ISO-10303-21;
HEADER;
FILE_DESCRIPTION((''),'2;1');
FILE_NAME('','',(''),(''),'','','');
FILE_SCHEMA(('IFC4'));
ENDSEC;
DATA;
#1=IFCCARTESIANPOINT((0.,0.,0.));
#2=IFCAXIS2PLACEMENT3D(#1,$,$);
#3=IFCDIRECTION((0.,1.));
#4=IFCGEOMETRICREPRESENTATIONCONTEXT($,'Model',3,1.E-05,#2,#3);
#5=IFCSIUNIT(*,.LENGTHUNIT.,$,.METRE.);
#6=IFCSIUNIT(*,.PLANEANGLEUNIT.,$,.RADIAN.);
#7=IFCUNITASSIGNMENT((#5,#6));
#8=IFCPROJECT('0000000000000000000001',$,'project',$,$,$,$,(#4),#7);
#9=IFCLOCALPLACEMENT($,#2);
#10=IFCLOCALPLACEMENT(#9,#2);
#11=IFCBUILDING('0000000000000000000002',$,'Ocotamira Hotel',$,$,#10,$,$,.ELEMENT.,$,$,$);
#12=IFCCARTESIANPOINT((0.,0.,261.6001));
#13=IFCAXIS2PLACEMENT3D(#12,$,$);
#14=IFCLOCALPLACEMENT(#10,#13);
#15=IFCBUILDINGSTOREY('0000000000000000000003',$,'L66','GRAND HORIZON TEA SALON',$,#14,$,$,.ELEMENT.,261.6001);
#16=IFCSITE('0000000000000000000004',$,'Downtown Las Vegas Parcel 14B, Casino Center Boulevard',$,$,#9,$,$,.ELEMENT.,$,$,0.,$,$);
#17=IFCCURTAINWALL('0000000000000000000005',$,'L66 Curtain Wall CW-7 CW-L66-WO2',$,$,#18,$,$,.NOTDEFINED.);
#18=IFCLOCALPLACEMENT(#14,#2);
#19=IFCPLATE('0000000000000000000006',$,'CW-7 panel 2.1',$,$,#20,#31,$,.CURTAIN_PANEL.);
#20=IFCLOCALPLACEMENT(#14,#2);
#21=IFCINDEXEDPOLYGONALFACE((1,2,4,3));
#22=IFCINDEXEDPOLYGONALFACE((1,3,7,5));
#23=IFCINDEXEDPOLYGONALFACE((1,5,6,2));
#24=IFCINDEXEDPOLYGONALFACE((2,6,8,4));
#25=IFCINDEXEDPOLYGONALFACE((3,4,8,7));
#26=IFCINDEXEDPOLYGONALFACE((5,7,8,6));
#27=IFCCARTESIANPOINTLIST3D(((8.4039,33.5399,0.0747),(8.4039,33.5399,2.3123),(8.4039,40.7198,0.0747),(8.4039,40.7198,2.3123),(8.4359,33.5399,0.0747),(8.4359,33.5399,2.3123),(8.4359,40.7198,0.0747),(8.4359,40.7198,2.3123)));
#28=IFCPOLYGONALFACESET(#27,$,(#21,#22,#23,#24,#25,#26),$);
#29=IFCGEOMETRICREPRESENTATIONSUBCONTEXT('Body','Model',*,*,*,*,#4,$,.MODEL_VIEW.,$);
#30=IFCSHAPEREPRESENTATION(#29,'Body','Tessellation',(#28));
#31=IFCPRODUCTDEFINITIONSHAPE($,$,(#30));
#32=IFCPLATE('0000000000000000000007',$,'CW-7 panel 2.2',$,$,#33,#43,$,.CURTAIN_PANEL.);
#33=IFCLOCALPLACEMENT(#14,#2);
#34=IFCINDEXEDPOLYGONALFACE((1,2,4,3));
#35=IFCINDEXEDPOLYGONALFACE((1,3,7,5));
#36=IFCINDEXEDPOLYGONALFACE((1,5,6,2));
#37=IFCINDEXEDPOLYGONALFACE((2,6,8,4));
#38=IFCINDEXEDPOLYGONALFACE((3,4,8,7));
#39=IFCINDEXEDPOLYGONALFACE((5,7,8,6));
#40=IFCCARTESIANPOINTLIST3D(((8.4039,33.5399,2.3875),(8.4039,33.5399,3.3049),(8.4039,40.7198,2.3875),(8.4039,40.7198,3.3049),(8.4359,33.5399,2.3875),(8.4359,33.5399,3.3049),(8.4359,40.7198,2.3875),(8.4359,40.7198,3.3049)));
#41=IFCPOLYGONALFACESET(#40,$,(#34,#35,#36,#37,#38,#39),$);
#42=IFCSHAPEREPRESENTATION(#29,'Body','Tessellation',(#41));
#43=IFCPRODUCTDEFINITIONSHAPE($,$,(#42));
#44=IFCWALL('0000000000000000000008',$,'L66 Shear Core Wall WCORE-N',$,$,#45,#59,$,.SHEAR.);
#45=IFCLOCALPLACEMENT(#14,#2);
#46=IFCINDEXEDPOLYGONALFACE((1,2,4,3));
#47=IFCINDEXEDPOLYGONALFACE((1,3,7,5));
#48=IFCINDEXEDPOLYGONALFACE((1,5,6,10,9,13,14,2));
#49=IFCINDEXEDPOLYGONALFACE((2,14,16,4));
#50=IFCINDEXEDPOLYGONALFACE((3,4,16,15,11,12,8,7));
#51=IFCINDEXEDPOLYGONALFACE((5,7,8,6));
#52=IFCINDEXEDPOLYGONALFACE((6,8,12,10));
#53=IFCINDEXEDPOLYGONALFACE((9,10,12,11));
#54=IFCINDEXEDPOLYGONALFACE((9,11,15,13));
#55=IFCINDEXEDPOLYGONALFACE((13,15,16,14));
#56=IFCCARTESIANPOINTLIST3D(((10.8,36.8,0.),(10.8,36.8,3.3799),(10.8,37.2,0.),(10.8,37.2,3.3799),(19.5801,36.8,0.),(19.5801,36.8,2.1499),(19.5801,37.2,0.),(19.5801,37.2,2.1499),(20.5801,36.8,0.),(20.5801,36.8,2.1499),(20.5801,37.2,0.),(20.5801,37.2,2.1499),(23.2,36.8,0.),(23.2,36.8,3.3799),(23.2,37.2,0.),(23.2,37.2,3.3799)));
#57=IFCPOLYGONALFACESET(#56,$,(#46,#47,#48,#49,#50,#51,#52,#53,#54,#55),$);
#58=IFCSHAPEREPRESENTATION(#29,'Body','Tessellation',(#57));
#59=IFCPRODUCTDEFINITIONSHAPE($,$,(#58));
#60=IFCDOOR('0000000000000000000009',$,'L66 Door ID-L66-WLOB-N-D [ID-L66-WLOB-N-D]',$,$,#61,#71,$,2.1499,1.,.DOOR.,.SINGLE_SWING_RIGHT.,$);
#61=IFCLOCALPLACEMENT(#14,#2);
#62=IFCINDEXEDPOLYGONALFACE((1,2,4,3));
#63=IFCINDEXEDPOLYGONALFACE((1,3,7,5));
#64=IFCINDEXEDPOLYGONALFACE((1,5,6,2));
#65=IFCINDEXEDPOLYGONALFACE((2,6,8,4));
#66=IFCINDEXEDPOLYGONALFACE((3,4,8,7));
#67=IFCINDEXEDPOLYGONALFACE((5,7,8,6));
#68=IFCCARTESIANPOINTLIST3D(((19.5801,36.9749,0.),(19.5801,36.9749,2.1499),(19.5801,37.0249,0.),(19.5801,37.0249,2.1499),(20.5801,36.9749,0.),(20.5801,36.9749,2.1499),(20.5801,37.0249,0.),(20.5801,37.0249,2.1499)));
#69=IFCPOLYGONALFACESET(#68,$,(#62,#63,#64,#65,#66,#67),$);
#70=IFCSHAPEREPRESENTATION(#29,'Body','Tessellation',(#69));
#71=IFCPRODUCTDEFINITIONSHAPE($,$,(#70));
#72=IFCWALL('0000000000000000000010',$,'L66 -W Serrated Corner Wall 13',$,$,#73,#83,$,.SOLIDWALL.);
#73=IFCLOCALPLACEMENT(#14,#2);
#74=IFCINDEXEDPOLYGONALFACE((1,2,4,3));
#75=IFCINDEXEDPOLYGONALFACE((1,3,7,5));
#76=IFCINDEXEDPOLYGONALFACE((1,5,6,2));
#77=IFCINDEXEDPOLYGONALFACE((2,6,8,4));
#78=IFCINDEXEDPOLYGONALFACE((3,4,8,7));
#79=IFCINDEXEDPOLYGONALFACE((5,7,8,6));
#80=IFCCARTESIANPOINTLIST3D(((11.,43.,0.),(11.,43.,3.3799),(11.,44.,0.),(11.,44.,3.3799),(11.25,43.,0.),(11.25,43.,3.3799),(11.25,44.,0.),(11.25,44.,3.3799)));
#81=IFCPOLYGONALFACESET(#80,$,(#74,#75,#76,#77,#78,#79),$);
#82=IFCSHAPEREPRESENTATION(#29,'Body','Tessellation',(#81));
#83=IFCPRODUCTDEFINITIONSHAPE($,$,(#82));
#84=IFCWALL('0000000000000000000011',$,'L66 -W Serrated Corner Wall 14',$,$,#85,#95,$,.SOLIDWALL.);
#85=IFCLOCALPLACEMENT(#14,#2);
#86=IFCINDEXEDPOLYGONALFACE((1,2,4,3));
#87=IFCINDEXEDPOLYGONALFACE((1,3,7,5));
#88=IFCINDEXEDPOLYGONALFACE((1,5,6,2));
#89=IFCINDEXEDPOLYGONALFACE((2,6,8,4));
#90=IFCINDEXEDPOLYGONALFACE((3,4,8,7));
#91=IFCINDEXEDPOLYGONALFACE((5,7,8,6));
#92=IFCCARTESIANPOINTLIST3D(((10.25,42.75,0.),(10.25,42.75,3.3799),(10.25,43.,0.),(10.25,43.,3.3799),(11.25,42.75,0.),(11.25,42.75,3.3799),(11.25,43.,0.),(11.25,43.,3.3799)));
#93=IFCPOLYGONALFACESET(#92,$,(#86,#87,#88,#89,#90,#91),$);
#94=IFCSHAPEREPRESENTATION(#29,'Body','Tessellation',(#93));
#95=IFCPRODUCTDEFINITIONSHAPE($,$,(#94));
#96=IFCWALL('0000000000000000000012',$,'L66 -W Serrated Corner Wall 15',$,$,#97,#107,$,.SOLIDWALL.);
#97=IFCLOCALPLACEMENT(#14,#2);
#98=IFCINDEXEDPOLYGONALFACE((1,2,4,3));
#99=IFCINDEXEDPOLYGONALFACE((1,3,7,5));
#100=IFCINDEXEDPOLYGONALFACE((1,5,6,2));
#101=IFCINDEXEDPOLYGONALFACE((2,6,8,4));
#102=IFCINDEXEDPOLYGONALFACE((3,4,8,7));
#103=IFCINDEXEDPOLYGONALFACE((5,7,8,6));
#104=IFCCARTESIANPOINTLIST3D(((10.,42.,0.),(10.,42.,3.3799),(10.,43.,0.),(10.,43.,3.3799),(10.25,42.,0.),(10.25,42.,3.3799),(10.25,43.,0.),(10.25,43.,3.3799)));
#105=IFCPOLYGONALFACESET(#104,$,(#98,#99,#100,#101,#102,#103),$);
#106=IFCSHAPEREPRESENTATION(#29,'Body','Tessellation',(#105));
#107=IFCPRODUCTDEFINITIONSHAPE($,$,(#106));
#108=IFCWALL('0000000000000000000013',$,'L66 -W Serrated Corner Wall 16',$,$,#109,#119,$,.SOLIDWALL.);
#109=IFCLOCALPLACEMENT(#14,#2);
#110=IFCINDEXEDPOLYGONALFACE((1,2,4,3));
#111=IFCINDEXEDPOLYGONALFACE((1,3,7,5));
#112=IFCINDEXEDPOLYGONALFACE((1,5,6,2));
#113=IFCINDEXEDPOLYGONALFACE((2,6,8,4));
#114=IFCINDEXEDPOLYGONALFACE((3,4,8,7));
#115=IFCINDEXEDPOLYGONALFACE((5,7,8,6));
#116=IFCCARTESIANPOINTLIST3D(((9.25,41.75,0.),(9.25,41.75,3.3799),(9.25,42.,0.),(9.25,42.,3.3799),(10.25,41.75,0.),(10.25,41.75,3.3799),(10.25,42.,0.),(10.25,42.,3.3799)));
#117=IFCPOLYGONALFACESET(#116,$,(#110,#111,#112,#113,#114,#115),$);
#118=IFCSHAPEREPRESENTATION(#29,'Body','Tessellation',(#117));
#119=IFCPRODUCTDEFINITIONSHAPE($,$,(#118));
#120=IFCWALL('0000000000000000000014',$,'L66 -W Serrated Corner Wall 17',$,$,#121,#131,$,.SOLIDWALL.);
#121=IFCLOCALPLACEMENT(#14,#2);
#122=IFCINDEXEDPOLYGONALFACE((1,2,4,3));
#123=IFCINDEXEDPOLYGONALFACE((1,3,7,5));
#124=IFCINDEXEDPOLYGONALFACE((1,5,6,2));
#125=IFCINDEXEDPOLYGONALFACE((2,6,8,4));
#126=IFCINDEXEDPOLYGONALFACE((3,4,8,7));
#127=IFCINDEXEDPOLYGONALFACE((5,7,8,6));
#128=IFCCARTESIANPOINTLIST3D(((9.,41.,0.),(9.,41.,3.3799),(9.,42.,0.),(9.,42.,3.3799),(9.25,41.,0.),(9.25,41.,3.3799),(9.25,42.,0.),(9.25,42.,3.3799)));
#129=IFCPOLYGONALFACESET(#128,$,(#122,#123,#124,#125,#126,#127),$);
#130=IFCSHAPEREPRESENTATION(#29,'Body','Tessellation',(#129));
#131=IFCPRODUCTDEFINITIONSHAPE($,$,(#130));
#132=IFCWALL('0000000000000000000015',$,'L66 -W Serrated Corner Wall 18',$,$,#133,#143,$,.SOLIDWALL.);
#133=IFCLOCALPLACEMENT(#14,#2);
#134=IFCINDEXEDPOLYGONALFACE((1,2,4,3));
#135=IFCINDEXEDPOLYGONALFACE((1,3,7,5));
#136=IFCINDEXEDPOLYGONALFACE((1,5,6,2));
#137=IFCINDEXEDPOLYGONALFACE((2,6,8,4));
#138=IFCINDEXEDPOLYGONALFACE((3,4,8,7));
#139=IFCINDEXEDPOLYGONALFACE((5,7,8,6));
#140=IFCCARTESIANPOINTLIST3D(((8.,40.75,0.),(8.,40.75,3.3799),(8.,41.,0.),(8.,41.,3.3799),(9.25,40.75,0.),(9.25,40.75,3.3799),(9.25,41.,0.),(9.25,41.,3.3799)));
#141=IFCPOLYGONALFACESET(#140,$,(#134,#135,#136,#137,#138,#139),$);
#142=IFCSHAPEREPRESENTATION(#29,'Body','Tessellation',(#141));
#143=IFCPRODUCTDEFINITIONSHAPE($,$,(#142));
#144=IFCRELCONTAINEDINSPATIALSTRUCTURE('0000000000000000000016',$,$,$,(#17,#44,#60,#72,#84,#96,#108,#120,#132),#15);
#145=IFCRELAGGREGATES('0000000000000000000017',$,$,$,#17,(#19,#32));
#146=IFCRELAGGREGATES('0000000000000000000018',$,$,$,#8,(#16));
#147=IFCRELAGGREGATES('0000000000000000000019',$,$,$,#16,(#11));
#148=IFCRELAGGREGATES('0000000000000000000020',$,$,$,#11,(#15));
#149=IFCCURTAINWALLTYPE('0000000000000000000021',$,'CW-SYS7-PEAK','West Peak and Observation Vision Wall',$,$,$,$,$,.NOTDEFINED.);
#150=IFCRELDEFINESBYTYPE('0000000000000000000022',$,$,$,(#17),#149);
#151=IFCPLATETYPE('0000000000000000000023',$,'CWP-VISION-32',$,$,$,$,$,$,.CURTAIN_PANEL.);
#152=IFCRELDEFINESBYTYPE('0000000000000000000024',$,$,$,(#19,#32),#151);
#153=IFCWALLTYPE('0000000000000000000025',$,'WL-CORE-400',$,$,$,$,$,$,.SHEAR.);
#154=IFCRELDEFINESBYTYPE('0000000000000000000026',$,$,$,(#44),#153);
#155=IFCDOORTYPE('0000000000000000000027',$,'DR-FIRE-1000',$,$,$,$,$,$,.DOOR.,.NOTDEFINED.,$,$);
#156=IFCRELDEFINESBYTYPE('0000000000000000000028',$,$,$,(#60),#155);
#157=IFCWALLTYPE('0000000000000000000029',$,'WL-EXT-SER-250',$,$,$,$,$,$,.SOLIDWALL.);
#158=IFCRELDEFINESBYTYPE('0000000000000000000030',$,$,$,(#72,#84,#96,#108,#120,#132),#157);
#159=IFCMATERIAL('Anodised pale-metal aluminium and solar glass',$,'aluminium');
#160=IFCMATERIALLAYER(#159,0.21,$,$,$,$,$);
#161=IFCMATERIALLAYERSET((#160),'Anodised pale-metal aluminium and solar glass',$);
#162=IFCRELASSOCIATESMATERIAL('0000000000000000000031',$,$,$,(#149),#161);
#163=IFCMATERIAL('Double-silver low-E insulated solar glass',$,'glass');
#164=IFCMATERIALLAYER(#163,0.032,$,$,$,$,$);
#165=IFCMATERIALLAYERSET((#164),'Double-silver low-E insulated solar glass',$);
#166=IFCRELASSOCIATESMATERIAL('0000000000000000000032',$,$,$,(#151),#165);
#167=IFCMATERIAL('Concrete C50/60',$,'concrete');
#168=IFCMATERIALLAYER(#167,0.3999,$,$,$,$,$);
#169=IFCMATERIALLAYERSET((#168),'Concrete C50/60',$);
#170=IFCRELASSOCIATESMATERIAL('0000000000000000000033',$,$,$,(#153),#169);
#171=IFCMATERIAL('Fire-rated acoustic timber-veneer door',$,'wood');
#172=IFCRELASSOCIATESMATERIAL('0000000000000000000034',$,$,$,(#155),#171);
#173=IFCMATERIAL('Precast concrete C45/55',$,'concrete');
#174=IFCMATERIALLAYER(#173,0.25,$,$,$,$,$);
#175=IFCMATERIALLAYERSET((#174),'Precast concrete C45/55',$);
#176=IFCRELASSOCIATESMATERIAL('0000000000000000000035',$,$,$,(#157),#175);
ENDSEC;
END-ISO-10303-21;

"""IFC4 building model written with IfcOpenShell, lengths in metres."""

from ifc_helpers import new_model, si_unit, direction, frame, frame_2d, origin, origin_2d, place, context, subcontext, project, spatial, rectangle, extrude, source, transform, mapped, material, layer, layer_set, type_object, element, fill, aggregate, save


model = new_model("IFC4")

# Units and contexts
model_context = context("Model", 3, precision=1e-05, world=origin(), true_north=direction((0.0, 1.0)))
body_context = subcontext(model_context, "Body", "Model", "MODEL_VIEW")
ifc_project = project(units=[si_unit("LENGTHUNIT", "METRE"), si_unit("PLANEANGLEUNIT", "RADIAN")], contexts=[model_context])

# Site, building, storey
site_placement = place(None, origin())
site = spatial("IfcSite", under=ifc_project, at=site_placement, Name="Downtown Las Vegas Parcel 14B, Casino Center Boulevard", CompositionType="ELEMENT", RefElevation=0.0)
building_placement = place(site_placement, origin())
building = spatial("IfcBuilding", under=site, at=building_placement, Name="Ocotamira Hotel", CompositionType="ELEMENT")
storey_placement = place(building_placement, frame((0.0, 0.0, 261.6001)))
storey = spatial("IfcBuildingStorey", under=building, at=storey_placement, Name="L66", Description="GRAND HORIZON TEA SALON", CompositionType="ELEMENT", Elevation=261.6001)

# Shared definitions
ifc_material_1 = material(Name="Anodised pale-metal aluminium and solar glass", Category="aluminium")
ifc_layer_1 = layer(ifc_material_1, 0.21)
ifc_layer_set_1 = layer_set([ifc_layer_1], Name="Anodised pale-metal aluminium and solar glass")
curtain_wall_type = type_object("IfcCurtainWallType", Name="CW-SYS7-PEAK", Description="West Peak and Observation Vision Wall", PredefinedType="NOTDEFINED", material=ifc_layer_set_1)

# Curtain wall
curtain_wall_1_placement = place(storey_placement, origin())
curtain_wall_1 = element("IfcCurtainWall", 1, at=curtain_wall_1_placement, inside=storey, type_object=curtain_wall_type, Name="L66 Curtain Wall CW-7 CW-L66-WO2", PredefinedType="NOTDEFINED")

# Plates
ifc_material_2 = material(Name="Double-silver low-E insulated solar glass", Category="glass")
ifc_layer_2 = layer(ifc_material_2, 0.032)
ifc_layer_set_2 = layer_set([ifc_layer_2], Name="Double-silver low-E insulated solar glass")
plate_type = type_object("IfcPlateType", Name="CWP-VISION-32", PredefinedType="CURTAIN_PANEL", material=ifc_layer_set_2)
shared_shape_1 = source(origin(), body_context, "Body", "SweptSolid", [
    extrude(rectangle(XDim=7.1799, YDim=0.032, at=origin_2d()), origin(), (0.0, 0.0, 1.0), 2.2375),
])
plate_1_placement = place(storey_placement, frame((8.4199, 37.1299, 0.0747), z_axis=(0.0, 0.0, 1.0), x_axis=(0.0, 1.0, 0.0)))
plate_1 = element("IfcPlate", 2, at=plate_1_placement, type_object=plate_type, Name="CW-7 panel 2.1", PredefinedType="CURTAIN_PANEL", context=body_context, shape_type="MappedRepresentation", body=[
    mapped(shared_shape_1, transform((0.0, 0.0, 0.0), scale=1.0)),
])
shared_shape_2 = source(origin(), body_context, "Body", "SweptSolid", [
    extrude(rectangle(XDim=7.1799, YDim=0.032, at=origin_2d()), origin(), (0.0, 0.0, 1.0), 0.9175),
])
plate_2_placement = place(storey_placement, frame((8.4199, 37.1299, 2.3875), z_axis=(0.0, 0.0, 1.0), x_axis=(0.0, 1.0, 0.0)))
plate_2 = element("IfcPlate", 3, at=plate_2_placement, type_object=plate_type, Name="CW-7 panel 2.2", PredefinedType="CURTAIN_PANEL", context=body_context, shape_type="MappedRepresentation", body=[
    mapped(shared_shape_2, transform((0.0, 0.0, 0.0), scale=1.0)),
])
aggregate(curtain_wall_1, [plate_1, plate_2])

# Wall, opening, door
ifc_material_3 = material(Name="Concrete C50/60", Category="concrete")
ifc_layer_3 = layer(ifc_material_3, 0.3999)
ifc_layer_set_3 = layer_set([ifc_layer_3], Name="Concrete C50/60")
wall_type_1 = type_object("IfcWallType", Name="WL-CORE-400", PredefinedType="SHEAR", material=ifc_layer_set_3)
wall_1_placement = place(storey_placement, frame((10.8, 37.0, 0.0), z_axis=(0.0, 0.0, 1.0), x_axis=(1.0, 0.0, 0.0)))
wall_1 = element("IfcWall", 4, at=wall_1_placement, inside=storey, type_object=wall_type_1, Name="L66 Shear Core Wall WCORE-N", PredefinedType="SHEAR", context=body_context, shape_type="SweptSolid", body=[
    extrude(rectangle(XDim=12.3999, YDim=0.3999, at=frame_2d((6.2, 0.0))), origin(), (0.0, 0.0, 1.0), 3.3799),
])
opening_1_placement = place(wall_1_placement, frame((8.78, 0.0, 0.0)))
opening_1 = element("IfcOpeningElement", 5, at=opening_1_placement, cuts=wall_1, PredefinedType="OPENING", context=body_context, shape_type="SweptSolid", body=[
    extrude(rectangle(XDim=1.0, YDim=2.1499, at=frame_2d((0.5, 1.075))), frame((0.0, 0.21, 0.0), z_axis=(0.0, -1.0, 0.0), x_axis=(1.0, 0.0, 0.0)), (0.0, 0.0, 1.0), 0.4199),
])
ifc_material_4 = material(Name="Fire-rated acoustic timber-veneer door", Category="wood")
door_type_1 = type_object("IfcDoorType", Name="DR-FIRE-1000", OperationType="NOTDEFINED", PredefinedType="DOOR", material=ifc_material_4)
shared_shape_3 = source(origin(), body_context, "Body", "SweptSolid", [
    extrude(rectangle(XDim=1.0, YDim=2.1499, at=frame_2d((0.5, 1.075))), frame((0.0, 0.0249, 0.0), z_axis=(0.0, -1.0, 0.0), x_axis=(1.0, 0.0, 0.0)), (0.0, 0.0, 1.0), 0.05),
])
door_1_placement = place(opening_1_placement, origin())
door_1 = element("IfcDoor", 6, at=door_1_placement, inside=storey, type_object=door_type_1, Name="L66 Door ID-L66-WLOB-N-D [ID-L66-WLOB-N-D]", OperationType="SINGLE_SWING_RIGHT", OverallHeight=2.1499, OverallWidth=1.0, PredefinedType="DOOR", context=body_context, shape_type="MappedRepresentation", body=[
    mapped(shared_shape_3, transform((0.0, 0.0, 0.0), scale=1.0)),
])
fill(opening_1, door_1)

# Walls
ifc_material_5 = material(Name="Precast concrete C45/55", Category="concrete")
ifc_layer_4 = layer(ifc_material_5, 0.25)
ifc_layer_set_4 = layer_set([ifc_layer_4], Name="Precast concrete C45/55")
wall_type_2 = type_object("IfcWallType", Name="WL-EXT-SER-250", PredefinedType="SOLIDWALL", material=ifc_layer_set_4)
for number, where, z_axis, x_axis, name in (
    (7, (11.125, 44.0, 0.0), (0.0, 0.0, 1.0), (0.0, -1.0, 0.0), "L66 -W Serrated Corner Wall 13"),
    (8, (11.25, 42.875, 0.0), (0.0, 0.0, 1.0), (-1.0, 0.0, 0.0), "L66 -W Serrated Corner Wall 14"),
    (9, (10.125, 43.0, 0.0), (0.0, 0.0, 1.0), (0.0, -1.0, 0.0), "L66 -W Serrated Corner Wall 15"),
    (10, (10.25, 41.875, 0.0), (0.0, 0.0, 1.0), (-1.0, 0.0, 0.0), "L66 -W Serrated Corner Wall 16"),
    (11, (9.125, 42.0, 0.0), (0.0, 0.0, 1.0), (0.0, -1.0, 0.0), "L66 -W Serrated Corner Wall 17"),
):
    element("IfcWall", number, at=place(storey_placement, frame(where, z_axis=z_axis, x_axis=x_axis)), inside=storey, type_object=wall_type_2, Name=name, PredefinedType="SOLIDWALL", context=body_context, shape_type="SweptSolid", body=[
        extrude(rectangle(XDim=1.0, YDim=0.25, at=frame_2d((0.5, 0.0))), origin(), (0.0, 0.0, 1.0), 3.3799),
    ])
wall_2_placement = place(storey_placement, frame((9.25, 40.875, 0.0), z_axis=(0.0, 0.0, 1.0), x_axis=(-1.0, 0.0, 0.0)))
element("IfcWall", 12, at=wall_2_placement, inside=storey, type_object=wall_type_2, Name="L66 -W Serrated Corner Wall 18", PredefinedType="SOLIDWALL", context=body_context, shape_type="SweptSolid", body=[
    extrude(rectangle(XDim=1.25, YDim=0.25, at=frame_2d((0.625, 0.0))), origin(), (0.0, 0.0, 1.0), 3.3799),
])

save(model, "model.ifc")
